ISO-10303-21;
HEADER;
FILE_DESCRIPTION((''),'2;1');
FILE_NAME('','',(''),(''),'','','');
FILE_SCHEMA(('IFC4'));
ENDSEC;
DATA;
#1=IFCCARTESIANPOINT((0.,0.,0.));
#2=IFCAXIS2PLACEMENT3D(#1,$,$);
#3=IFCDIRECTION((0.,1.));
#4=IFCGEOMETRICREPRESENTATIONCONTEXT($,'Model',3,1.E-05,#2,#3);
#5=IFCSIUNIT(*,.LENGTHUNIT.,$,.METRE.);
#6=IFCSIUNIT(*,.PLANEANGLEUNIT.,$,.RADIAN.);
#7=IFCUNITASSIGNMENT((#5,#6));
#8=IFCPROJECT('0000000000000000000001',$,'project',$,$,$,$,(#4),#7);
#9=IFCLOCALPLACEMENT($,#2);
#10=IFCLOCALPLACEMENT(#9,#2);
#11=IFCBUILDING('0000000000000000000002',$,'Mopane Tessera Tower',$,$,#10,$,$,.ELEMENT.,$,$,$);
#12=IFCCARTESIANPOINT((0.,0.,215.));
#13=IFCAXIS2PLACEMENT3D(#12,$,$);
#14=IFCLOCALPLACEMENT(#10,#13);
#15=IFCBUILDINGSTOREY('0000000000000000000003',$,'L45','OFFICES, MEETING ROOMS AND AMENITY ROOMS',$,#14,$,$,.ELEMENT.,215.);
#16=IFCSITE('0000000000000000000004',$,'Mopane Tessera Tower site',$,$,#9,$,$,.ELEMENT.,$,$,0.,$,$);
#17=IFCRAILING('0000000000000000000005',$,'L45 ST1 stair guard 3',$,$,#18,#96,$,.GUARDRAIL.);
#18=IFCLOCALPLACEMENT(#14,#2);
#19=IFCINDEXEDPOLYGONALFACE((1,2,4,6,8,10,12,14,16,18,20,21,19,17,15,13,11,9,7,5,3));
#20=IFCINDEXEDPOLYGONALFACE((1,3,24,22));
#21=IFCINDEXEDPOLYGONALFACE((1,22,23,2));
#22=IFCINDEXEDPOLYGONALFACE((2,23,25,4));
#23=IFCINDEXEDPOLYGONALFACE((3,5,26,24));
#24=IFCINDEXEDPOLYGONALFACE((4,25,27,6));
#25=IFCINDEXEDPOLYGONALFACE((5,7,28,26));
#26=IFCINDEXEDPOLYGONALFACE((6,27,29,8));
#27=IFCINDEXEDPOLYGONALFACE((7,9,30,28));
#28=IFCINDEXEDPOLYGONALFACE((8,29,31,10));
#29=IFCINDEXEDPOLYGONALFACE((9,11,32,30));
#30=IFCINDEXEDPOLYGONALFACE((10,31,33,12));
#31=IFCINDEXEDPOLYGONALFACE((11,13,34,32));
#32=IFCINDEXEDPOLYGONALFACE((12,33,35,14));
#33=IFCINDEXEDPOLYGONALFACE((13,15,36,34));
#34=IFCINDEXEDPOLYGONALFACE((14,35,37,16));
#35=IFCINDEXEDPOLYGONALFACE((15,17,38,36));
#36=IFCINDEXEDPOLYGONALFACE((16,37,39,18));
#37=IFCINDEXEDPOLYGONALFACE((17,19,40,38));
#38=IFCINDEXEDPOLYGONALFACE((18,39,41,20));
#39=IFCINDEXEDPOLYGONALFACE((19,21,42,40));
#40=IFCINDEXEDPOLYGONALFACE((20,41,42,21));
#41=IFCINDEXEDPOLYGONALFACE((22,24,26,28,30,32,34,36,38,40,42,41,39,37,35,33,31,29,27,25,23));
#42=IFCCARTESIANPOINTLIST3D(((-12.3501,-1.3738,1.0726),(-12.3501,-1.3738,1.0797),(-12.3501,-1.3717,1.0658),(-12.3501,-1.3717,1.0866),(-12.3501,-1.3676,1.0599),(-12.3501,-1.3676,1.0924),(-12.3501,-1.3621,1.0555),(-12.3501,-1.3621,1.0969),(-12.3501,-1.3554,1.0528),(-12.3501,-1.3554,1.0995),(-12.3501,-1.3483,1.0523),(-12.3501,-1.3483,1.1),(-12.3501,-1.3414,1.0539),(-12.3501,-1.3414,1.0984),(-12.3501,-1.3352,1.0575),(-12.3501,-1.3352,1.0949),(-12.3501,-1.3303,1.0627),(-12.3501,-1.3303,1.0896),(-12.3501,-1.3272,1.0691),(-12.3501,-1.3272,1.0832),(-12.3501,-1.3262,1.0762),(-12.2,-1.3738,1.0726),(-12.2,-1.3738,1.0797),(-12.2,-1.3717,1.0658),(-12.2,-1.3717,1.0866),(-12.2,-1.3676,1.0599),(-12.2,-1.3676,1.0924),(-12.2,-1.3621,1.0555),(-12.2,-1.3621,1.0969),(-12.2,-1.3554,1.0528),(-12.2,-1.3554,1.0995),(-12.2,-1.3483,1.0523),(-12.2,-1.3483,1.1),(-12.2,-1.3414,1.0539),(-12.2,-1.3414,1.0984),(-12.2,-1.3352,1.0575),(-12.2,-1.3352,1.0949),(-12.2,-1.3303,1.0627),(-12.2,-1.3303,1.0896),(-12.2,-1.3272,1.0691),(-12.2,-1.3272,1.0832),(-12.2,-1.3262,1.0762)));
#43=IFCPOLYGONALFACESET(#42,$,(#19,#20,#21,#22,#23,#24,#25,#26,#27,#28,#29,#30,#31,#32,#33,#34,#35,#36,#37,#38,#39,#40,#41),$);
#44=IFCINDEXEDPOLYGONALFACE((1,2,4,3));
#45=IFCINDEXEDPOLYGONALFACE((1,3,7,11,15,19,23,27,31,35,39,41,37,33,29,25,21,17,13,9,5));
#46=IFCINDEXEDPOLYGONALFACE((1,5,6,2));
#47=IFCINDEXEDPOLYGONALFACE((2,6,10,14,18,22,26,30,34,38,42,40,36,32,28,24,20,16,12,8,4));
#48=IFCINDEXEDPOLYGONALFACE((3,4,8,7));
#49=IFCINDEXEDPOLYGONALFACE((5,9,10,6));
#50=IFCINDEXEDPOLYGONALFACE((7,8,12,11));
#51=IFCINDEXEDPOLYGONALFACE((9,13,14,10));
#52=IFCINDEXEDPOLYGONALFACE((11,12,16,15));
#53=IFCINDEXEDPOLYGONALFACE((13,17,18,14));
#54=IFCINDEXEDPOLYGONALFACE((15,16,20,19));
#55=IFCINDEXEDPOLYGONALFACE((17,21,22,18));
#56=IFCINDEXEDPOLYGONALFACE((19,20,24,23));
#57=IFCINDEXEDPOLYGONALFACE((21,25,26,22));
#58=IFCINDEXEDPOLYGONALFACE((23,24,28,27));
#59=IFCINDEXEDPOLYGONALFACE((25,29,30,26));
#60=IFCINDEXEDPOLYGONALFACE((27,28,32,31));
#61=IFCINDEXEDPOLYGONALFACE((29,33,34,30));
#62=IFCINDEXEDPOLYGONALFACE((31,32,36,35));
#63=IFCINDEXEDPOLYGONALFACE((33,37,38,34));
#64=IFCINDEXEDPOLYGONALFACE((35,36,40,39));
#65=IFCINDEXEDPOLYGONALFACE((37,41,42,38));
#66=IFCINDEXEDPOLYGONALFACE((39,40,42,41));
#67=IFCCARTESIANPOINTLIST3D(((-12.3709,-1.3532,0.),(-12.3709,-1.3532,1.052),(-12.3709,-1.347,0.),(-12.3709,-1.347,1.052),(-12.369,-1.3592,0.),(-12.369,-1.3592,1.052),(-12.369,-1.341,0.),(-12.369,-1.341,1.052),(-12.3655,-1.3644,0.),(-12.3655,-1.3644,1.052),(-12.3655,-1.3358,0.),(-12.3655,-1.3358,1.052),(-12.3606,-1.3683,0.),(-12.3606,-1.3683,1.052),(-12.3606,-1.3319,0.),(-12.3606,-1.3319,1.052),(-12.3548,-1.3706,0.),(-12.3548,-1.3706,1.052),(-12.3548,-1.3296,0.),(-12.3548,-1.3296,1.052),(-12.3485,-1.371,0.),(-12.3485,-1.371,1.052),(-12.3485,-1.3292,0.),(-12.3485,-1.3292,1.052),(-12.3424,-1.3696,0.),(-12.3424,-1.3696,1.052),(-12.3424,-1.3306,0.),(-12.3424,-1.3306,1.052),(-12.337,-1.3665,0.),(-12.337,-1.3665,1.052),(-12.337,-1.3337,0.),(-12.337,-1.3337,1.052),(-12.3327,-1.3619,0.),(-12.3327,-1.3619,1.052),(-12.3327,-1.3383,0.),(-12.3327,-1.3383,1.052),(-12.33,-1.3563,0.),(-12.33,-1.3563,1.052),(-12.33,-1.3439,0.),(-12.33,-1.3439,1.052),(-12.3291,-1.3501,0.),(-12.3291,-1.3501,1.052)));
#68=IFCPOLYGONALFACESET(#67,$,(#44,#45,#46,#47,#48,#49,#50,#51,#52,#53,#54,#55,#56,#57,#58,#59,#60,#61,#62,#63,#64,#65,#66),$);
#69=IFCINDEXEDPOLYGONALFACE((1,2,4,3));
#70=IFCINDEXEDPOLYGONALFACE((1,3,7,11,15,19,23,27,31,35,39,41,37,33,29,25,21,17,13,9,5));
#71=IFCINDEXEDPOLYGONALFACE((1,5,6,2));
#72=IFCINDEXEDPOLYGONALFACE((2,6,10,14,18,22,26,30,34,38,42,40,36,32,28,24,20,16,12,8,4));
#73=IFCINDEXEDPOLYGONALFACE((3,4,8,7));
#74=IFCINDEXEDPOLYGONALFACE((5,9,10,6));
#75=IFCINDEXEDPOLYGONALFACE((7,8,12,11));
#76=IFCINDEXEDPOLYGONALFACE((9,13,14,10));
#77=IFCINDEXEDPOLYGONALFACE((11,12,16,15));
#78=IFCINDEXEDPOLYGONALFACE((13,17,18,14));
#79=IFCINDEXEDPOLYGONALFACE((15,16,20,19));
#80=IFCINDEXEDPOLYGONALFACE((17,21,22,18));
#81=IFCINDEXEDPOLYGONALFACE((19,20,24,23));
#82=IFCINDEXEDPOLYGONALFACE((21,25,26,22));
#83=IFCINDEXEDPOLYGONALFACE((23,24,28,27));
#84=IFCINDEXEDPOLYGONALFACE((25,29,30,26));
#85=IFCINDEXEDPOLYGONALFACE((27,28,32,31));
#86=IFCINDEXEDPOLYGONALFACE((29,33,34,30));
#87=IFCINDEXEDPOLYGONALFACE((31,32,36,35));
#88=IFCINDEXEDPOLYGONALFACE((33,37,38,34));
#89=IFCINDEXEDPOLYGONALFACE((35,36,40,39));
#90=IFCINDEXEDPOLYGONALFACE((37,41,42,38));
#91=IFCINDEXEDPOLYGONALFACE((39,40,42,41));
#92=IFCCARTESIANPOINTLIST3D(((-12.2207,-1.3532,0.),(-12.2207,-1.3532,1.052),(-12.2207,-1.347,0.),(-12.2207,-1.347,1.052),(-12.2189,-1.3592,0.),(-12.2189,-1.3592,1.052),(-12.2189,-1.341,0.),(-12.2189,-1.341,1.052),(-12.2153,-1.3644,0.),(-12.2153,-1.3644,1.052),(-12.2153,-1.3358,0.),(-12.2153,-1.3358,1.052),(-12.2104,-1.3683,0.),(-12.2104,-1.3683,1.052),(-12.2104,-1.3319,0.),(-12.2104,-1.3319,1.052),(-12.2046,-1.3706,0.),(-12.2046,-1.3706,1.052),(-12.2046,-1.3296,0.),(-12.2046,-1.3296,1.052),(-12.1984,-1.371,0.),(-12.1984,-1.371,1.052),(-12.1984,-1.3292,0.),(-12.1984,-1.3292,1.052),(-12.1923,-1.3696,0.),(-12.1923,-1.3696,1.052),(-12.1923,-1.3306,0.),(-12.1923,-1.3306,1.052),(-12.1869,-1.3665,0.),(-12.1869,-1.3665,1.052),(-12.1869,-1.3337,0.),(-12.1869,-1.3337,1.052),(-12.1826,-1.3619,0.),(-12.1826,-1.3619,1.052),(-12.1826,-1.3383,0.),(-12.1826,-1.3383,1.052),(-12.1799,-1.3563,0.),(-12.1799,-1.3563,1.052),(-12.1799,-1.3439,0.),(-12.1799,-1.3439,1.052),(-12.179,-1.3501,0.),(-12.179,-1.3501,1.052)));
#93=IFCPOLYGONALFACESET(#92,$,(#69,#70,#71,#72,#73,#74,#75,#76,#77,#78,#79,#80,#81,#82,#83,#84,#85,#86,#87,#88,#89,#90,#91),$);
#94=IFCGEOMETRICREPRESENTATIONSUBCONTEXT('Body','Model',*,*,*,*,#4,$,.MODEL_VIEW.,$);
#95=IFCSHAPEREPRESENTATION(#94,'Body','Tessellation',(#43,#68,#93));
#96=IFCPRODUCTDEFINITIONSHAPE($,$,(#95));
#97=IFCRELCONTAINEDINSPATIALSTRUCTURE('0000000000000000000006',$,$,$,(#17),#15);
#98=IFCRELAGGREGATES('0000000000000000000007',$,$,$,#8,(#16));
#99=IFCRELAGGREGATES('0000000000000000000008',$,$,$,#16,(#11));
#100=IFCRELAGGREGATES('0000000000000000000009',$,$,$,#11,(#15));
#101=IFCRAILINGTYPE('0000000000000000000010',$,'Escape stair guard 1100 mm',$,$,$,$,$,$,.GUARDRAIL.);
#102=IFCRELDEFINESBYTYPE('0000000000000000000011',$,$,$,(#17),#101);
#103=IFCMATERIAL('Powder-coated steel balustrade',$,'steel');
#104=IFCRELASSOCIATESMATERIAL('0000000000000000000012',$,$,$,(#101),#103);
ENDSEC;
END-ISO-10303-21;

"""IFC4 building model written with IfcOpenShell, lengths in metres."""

from ifc_helpers import new_model, si_unit, direction, frame, origin, origin_2d, place, context, subcontext, project, spatial, circle, extrude, material, type_object, element, save


model = new_model("IFC4")

# Units and contexts
model_context = context("Model", 3, precision=1e-05, world=origin(), true_north=direction((0.0, 1.0)))
body_context = subcontext(model_context, "Body", "Model", "MODEL_VIEW")
ifc_project = project(units=[si_unit("LENGTHUNIT", "METRE"), si_unit("PLANEANGLEUNIT", "RADIAN")], contexts=[model_context])

# Site, building, storey
site_placement = place(None, origin())
site = spatial("IfcSite", under=ifc_project, at=site_placement, Name="Mopane Tessera Tower site", CompositionType="ELEMENT", RefElevation=0.0)
building_placement = place(site_placement, origin())
building = spatial("IfcBuilding", under=site, at=building_placement, Name="Mopane Tessera Tower", CompositionType="ELEMENT")
storey_placement = place(building_placement, frame((0.0, 0.0, 215.0)))
storey = spatial("IfcBuildingStorey", under=building, at=storey_placement, Name="L45", Description="OFFICES, MEETING ROOMS AND AMENITY ROOMS", CompositionType="ELEMENT", Elevation=215.0)

# Railing
ifc_material_1 = material(Name="Powder-coated steel balustrade", Category="steel")
railing_type_1 = type_object("IfcRailingType", Name="Escape stair guard 1100 mm", PredefinedType="GUARDRAIL", material=ifc_material_1)
railing_1_placement = place(storey_placement, frame((-12.3501, -1.3501, 0.0)))
element("IfcRailing", 1, at=railing_1_placement, inside=storey, type_object=railing_type_1, Name="L45 ST1 stair guard 3", PredefinedType="GUARDRAIL", context=body_context, shape_type="SweptSolid", body=[
    extrude(circle(Radius=0.0239, at=origin_2d()), frame((0.0, 0.0, 1.0762), z_axis=(1.0, 0.0, 0.0), x_axis=(0.0, 1.0, 0.0)), (0.0, 0.0, 1.0), 0.1501),
    extrude(circle(Radius=0.021, at=origin_2d()), origin(), (0.0, 0.0, 1.0), 1.052),
    extrude(circle(Radius=0.021, at=origin_2d()), frame((0.1501, 0.0, 0.0)), (0.0, 0.0, 1.0), 1.052),
])

save(model, "model.ifc")
